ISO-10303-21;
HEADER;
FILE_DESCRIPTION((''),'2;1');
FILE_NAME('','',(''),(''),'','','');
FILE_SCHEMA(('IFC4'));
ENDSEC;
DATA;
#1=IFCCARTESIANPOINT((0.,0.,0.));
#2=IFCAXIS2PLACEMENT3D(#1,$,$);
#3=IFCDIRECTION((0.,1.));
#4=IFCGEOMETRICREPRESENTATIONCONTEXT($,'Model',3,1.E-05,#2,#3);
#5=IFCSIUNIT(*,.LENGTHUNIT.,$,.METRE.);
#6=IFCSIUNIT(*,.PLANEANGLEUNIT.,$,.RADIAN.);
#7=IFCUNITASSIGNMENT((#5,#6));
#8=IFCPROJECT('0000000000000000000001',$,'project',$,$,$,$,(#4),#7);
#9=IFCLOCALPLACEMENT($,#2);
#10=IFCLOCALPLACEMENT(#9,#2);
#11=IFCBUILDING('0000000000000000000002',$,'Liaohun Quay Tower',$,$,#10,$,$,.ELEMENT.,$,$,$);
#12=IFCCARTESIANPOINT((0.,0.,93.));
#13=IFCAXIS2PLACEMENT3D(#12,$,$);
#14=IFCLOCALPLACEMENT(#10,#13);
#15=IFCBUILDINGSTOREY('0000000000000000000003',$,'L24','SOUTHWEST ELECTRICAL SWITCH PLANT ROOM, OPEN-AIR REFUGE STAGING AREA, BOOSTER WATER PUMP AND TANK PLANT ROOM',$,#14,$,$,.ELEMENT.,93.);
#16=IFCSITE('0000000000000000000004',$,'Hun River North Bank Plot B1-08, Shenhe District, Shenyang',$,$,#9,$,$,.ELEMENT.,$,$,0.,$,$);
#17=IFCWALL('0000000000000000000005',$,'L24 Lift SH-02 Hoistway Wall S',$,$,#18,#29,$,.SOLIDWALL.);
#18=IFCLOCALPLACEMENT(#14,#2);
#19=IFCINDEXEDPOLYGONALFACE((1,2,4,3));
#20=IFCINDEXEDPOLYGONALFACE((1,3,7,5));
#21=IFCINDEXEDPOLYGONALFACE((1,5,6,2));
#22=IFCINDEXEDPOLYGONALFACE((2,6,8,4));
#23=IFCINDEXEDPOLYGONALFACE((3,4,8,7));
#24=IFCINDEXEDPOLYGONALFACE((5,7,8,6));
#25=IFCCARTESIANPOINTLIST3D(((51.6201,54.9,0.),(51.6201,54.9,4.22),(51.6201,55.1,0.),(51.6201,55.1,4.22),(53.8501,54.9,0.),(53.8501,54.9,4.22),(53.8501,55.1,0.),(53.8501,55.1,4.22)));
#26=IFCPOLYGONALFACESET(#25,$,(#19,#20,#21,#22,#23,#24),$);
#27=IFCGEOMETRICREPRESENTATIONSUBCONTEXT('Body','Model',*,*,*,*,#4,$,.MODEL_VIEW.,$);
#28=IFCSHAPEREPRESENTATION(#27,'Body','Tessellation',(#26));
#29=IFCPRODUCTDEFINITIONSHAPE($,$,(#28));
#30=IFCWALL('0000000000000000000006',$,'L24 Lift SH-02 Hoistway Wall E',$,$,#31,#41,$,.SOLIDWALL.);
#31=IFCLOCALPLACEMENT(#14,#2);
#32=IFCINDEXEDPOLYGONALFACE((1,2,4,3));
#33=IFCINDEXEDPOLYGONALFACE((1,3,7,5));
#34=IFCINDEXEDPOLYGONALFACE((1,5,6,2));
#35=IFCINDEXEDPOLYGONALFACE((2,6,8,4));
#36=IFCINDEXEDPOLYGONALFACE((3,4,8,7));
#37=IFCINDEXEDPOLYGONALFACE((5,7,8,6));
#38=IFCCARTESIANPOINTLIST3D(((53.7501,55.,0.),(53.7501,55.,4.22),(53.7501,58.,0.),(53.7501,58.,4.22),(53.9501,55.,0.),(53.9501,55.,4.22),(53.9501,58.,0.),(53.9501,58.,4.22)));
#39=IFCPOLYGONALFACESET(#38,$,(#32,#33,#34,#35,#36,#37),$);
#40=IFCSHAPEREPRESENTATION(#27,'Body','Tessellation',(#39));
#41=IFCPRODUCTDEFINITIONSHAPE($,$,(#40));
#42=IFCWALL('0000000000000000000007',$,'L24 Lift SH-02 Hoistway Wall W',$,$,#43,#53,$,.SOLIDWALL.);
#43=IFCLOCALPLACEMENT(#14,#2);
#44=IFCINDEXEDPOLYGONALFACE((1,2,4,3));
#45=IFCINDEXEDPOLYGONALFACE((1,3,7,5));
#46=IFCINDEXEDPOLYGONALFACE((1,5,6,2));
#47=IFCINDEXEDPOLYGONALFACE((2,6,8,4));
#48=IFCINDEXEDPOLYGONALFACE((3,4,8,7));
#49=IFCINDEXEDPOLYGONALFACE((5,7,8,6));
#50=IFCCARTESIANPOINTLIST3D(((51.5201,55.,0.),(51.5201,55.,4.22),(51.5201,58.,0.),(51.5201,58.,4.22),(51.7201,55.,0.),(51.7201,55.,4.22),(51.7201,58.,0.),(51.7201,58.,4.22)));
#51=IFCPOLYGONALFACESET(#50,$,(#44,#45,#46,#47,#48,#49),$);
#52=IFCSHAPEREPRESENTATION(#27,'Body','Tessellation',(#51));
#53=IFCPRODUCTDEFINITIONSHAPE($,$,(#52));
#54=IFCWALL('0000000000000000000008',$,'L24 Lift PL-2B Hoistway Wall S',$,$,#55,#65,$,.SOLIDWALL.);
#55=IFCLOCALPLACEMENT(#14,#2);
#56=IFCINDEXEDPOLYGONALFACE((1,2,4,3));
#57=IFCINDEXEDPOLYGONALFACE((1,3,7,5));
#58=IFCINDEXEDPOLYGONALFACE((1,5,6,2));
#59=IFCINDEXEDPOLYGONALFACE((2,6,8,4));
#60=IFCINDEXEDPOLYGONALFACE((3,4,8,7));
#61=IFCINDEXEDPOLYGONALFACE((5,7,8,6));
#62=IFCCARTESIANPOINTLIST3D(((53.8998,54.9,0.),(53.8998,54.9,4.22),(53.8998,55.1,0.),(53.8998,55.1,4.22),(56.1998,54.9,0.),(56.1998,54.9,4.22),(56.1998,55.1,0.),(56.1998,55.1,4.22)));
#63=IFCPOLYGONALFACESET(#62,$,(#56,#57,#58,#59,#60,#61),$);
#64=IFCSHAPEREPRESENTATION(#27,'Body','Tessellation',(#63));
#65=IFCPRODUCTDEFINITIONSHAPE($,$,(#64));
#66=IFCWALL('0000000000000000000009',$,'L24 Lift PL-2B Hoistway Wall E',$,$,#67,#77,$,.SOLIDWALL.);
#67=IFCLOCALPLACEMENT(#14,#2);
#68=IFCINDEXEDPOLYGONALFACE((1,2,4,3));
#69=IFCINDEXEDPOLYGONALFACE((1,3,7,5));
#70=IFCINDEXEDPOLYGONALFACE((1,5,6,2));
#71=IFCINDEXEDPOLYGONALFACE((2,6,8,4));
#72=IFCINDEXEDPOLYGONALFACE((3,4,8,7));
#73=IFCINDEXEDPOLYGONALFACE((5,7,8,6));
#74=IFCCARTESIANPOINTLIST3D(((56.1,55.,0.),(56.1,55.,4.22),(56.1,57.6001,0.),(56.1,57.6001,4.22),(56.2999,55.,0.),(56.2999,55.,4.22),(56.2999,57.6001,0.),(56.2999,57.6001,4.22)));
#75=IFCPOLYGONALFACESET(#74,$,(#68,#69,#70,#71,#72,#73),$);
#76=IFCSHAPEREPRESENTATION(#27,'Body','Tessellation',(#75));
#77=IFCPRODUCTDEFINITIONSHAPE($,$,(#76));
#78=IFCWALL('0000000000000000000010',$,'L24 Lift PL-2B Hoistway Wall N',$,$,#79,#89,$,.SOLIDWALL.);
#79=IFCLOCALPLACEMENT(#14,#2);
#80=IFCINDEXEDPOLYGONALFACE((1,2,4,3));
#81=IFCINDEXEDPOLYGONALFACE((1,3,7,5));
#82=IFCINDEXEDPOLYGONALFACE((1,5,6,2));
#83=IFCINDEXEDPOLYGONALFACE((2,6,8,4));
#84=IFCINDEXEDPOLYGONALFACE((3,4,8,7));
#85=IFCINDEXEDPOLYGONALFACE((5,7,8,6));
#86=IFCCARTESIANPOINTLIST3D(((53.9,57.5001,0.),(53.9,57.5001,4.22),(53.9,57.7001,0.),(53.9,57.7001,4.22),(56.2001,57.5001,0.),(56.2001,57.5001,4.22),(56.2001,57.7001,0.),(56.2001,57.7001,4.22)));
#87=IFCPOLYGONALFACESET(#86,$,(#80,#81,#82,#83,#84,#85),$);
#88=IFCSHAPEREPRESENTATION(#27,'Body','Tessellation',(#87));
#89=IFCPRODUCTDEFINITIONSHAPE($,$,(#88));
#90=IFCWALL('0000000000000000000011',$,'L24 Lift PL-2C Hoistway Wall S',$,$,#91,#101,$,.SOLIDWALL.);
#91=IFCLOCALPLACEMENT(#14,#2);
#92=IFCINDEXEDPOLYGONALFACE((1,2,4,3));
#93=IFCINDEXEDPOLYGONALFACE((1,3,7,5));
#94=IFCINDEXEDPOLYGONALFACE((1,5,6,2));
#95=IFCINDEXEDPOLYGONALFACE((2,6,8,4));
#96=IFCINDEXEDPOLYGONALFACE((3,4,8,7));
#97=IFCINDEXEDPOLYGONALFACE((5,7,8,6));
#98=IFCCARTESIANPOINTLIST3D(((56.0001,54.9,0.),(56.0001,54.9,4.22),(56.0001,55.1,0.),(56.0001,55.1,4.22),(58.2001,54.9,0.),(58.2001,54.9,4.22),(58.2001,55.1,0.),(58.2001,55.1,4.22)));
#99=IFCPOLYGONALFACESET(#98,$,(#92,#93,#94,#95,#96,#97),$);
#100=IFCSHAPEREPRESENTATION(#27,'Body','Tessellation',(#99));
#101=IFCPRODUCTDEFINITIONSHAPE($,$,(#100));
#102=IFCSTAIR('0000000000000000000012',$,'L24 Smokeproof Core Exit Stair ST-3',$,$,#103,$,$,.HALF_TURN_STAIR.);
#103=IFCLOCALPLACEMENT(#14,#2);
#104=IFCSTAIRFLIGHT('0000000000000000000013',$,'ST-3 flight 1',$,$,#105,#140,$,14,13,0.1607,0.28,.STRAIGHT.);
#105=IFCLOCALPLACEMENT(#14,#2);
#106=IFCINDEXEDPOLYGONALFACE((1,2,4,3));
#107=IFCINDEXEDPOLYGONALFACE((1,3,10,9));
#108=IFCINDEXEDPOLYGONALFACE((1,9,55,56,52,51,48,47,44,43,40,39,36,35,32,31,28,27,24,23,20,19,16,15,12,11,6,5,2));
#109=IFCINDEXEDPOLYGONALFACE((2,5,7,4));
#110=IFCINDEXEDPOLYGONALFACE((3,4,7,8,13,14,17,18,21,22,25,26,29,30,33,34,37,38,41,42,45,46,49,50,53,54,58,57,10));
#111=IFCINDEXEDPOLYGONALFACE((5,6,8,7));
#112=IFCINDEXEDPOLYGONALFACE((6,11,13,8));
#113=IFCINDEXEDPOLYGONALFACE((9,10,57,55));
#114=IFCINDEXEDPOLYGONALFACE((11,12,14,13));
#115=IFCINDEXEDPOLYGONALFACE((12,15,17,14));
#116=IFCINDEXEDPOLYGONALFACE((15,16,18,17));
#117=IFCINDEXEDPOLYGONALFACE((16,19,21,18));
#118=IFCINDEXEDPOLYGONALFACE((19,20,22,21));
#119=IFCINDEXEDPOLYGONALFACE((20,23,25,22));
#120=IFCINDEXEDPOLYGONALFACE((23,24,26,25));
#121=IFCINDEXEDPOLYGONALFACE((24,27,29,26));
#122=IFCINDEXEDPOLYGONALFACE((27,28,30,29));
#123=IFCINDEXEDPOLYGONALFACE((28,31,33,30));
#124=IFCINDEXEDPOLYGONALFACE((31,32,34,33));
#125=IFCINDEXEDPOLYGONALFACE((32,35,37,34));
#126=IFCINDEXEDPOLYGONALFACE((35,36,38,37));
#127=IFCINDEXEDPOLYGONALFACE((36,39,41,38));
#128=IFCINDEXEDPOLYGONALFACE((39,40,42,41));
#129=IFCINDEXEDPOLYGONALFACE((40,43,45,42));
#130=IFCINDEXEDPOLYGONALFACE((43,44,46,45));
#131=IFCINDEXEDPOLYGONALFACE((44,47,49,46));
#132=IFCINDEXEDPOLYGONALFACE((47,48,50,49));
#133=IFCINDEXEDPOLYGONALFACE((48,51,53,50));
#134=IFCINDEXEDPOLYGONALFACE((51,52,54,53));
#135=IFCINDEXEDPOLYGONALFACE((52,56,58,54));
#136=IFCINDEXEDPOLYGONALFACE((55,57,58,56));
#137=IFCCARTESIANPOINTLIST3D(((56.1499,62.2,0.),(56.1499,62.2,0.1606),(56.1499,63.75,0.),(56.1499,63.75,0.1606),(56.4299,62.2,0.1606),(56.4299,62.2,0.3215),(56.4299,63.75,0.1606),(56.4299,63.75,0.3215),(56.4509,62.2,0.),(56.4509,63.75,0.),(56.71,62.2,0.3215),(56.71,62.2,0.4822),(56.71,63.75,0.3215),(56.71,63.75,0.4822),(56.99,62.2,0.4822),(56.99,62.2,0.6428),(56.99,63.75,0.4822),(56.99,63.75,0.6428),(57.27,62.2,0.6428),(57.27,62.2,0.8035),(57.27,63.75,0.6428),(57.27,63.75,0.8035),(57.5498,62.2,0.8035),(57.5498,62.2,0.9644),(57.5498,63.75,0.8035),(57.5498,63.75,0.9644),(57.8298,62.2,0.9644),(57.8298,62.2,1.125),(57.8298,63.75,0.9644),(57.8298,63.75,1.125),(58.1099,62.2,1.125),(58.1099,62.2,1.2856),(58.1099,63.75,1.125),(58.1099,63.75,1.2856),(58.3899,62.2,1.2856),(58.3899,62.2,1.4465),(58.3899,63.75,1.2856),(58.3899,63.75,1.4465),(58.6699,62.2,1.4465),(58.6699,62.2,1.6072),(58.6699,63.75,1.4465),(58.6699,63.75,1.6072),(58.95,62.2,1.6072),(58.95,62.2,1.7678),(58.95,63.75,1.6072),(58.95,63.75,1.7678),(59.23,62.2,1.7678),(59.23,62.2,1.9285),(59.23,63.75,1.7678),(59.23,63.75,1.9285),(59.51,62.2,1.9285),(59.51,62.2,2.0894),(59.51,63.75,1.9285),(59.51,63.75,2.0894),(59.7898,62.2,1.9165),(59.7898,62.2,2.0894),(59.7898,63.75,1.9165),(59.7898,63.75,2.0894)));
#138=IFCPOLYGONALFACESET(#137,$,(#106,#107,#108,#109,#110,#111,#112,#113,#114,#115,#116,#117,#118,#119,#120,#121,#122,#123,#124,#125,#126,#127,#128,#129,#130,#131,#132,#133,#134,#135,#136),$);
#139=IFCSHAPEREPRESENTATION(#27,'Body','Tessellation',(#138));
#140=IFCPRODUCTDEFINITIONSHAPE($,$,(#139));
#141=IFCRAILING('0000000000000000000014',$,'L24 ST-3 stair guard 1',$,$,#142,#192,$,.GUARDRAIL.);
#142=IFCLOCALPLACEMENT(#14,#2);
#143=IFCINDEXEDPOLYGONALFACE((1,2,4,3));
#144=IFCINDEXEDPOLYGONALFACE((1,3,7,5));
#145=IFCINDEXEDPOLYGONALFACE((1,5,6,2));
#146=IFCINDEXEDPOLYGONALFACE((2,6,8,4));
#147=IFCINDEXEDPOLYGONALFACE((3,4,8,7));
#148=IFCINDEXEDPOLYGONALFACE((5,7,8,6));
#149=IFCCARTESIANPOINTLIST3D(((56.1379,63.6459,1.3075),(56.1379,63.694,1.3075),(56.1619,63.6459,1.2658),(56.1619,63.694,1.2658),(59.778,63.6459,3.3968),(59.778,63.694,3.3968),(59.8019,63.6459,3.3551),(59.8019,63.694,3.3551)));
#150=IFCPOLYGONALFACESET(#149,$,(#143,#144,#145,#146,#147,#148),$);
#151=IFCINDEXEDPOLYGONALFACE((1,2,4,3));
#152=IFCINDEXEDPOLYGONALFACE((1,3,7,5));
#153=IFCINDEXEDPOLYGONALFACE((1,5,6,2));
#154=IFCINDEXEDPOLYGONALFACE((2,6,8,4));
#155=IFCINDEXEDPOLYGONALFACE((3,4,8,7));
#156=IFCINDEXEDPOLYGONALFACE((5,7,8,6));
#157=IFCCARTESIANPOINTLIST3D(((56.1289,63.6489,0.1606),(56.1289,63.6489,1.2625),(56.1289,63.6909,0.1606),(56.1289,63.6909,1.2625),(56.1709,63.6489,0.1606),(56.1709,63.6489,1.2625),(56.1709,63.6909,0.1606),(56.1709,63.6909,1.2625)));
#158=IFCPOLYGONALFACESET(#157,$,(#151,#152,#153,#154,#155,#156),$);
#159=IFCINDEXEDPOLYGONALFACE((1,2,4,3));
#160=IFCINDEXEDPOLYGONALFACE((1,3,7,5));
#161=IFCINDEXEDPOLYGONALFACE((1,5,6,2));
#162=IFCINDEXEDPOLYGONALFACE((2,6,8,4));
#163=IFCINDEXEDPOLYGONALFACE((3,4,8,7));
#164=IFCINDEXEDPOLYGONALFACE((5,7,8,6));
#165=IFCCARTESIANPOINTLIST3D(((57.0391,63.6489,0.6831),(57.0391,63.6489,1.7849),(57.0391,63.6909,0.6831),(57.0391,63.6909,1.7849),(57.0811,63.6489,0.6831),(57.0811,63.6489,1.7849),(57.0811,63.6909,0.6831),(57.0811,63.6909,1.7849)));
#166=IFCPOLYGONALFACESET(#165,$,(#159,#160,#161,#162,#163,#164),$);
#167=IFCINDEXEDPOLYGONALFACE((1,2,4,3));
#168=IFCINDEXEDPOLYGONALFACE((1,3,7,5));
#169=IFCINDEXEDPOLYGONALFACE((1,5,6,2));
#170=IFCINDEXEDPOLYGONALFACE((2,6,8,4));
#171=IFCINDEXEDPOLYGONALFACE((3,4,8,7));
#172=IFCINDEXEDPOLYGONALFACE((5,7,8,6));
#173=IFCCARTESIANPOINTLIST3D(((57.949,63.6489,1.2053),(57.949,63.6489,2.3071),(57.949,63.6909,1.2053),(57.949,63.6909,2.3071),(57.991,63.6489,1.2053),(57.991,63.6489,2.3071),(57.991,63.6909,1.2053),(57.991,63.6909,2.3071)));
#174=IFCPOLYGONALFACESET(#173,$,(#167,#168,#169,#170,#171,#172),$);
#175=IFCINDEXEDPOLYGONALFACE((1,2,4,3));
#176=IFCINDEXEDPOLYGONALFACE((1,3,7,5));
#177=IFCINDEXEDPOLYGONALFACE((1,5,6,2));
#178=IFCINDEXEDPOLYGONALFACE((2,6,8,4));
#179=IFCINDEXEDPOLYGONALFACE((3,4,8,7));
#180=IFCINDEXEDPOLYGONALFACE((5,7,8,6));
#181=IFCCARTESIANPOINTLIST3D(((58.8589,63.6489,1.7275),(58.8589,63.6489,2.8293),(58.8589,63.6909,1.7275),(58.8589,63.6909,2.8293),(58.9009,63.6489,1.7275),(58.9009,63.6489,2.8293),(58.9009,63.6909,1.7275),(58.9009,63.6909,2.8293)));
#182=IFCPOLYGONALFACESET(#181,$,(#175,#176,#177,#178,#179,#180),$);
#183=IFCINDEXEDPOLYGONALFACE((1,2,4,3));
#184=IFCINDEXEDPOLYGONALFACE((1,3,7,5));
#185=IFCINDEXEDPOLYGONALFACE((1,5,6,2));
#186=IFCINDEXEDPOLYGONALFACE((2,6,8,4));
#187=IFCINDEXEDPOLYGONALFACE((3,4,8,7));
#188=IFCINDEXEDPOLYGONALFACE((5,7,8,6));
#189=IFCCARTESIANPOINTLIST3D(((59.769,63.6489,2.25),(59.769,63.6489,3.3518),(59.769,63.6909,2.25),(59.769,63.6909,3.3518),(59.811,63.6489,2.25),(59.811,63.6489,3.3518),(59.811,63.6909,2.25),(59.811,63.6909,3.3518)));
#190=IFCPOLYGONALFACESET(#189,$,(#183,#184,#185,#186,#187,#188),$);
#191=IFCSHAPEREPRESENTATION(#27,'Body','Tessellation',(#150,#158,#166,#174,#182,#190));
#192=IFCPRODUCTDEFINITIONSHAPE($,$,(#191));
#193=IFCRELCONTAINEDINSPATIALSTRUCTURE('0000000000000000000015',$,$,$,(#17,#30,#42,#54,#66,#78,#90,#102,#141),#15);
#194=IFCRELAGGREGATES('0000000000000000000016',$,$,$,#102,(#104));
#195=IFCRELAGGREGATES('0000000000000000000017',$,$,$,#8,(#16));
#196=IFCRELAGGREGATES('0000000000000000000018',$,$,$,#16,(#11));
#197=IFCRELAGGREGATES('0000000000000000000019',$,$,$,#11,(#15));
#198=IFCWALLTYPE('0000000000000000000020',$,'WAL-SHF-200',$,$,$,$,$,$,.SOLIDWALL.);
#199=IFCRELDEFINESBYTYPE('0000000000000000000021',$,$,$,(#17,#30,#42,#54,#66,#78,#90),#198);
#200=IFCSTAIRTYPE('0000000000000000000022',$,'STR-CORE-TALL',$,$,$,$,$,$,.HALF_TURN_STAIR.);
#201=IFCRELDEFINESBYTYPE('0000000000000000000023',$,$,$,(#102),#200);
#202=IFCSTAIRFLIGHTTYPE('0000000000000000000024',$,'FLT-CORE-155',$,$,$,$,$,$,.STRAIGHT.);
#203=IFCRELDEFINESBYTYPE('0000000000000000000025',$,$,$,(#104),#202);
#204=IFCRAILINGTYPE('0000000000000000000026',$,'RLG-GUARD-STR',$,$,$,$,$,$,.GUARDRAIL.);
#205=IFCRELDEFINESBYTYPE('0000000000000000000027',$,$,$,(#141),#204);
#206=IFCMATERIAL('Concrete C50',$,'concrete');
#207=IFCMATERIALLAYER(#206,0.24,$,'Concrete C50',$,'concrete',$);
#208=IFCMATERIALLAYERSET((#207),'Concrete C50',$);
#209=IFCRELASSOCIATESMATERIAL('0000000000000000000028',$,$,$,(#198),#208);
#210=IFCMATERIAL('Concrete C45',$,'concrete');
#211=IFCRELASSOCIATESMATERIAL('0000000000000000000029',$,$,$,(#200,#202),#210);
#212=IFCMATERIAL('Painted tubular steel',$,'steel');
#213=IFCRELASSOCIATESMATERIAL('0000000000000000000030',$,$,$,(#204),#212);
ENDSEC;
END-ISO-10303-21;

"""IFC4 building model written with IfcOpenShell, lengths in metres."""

from ifc_helpers import new_model, si_unit, direction, frame, frame_2d, origin, origin_2d, place, context, subcontext, project, spatial, polyline, rectangle, outline, extrude, material, layer, layer_set, type_object, element, aggregate, save


model = new_model("IFC4")

# Units and contexts
model_context = context("Model", 3, precision=1e-05, world=origin(), true_north=direction((0.0, 1.0)))
body_context = subcontext(model_context, "Body", "Model", "MODEL_VIEW")
ifc_project = project(units=[si_unit("LENGTHUNIT", "METRE"), si_unit("PLANEANGLEUNIT", "RADIAN")], contexts=[model_context])

# Site, building, storey
site_placement = place(None, origin())
site = spatial("IfcSite", under=ifc_project, at=site_placement, Name="Hun River North Bank Plot B1-08, Shenhe District, Shenyang", CompositionType="ELEMENT", RefElevation=0.0)
building_placement = place(site_placement, origin())
building = spatial("IfcBuilding", under=site, at=building_placement, Name="Liaohun Quay Tower", CompositionType="ELEMENT")
storey_placement = place(building_placement, frame((0.0, 0.0, 93.0)))
storey = spatial("IfcBuildingStorey", under=building, at=storey_placement, Name="L24", Description="SOUTHWEST ELECTRICAL SWITCH PLANT ROOM, OPEN-AIR REFUGE STAGING AREA, BOOSTER WATER PUMP AND TANK PLANT ROOM", CompositionType="ELEMENT", Elevation=93.0)

# Shared definitions
ifc_material_1 = material(Name="Concrete C50", Category="concrete")
ifc_layer_1 = layer(ifc_material_1, 0.24, Name="Concrete C50", Category="concrete")
ifc_layer_set_1 = layer_set([ifc_layer_1], Name="Concrete C50")
wall_type_1 = type_object("IfcWallType", Name="WAL-SHF-200", PredefinedType="SOLIDWALL", material=ifc_layer_set_1)

# Walls
wall_1_placement = place(storey_placement, frame((51.6201, 55.0, 0.0), z_axis=(0.0, 0.0, 1.0), x_axis=(1.0, 0.0, 0.0)))
element("IfcWall", 1, at=wall_1_placement, inside=storey, type_object=wall_type_1, Name="L24 Lift SH-02 Hoistway Wall S", PredefinedType="SOLIDWALL", context=body_context, shape_type="SweptSolid", body=[
    extrude(rectangle(XDim=2.23, YDim=0.2, at=frame_2d((1.115, 0.0))), origin(), (0.0, 0.0, 1.0), 4.22),
])
for number, where, z_axis, x_axis, name in (
    (2, (53.8501, 55.0, 0.0), (0.0, 0.0, 1.0), (0.0, 1.0, 0.0), "L24 Lift SH-02 Hoistway Wall E"),
    (3, (51.6201, 58.0, 0.0), (0.0, 0.0, 1.0), (0.0, -1.0, 0.0), "L24 Lift SH-02 Hoistway Wall W"),
):
    element("IfcWall", number, at=place(storey_placement, frame(where, z_axis=z_axis, x_axis=x_axis)), inside=storey, type_object=wall_type_1, Name=name, PredefinedType="SOLIDWALL", context=body_context, shape_type="SweptSolid", body=[
        extrude(rectangle(XDim=3.0, YDim=0.2, at=frame_2d((1.5, 0.0))), origin(), (0.0, 0.0, 1.0), 4.22),
    ])
wall_2_placement = place(storey_placement, frame((53.8999, 55.0, 0.0), z_axis=(0.0, 0.0, 1.0), x_axis=(1.0, 0.0, 0.0)))
element("IfcWall", 4, at=wall_2_placement, inside=storey, type_object=wall_type_1, Name="L24 Lift PL-2B Hoistway Wall S", PredefinedType="SOLIDWALL", context=body_context, shape_type="SweptSolid", body=[
    extrude(rectangle(XDim=2.3, YDim=0.2, at=frame_2d((1.1499, 0.0))), origin(), (0.0, 0.0, 1.0), 4.22),
])
wall_3_placement = place(storey_placement, frame((56.2, 55.0, 0.0), z_axis=(0.0, 0.0, 1.0), x_axis=(0.0, 1.0, 0.0)))
element("IfcWall", 5, at=wall_3_placement, inside=storey, type_object=wall_type_1, Name="L24 Lift PL-2B Hoistway Wall E", PredefinedType="SOLIDWALL", context=body_context, shape_type="SweptSolid", body=[
    extrude(rectangle(XDim=2.6001, YDim=0.2, at=frame_2d((1.3, 0.0))), origin(), (0.0, 0.0, 1.0), 4.22),
])
wall_4_placement = place(storey_placement, frame((56.2, 57.6001, 0.0), z_axis=(0.0, 0.0, 1.0), x_axis=(-1.0, 0.0, 0.0)))
element("IfcWall", 6, at=wall_4_placement, inside=storey, type_object=wall_type_1, Name="L24 Lift PL-2B Hoistway Wall N", PredefinedType="SOLIDWALL", context=body_context, shape_type="SweptSolid", body=[
    extrude(rectangle(XDim=2.3, YDim=0.2, at=frame_2d((1.1499, 0.0))), origin(), (0.0, 0.0, 1.0), 4.22),
])
wall_5_placement = place(storey_placement, frame((56.0, 55.0, 0.0), z_axis=(0.0, 0.0, 1.0), x_axis=(1.0, 0.0, 0.0)))
element("IfcWall", 7, at=wall_5_placement, inside=storey, type_object=wall_type_1, Name="L24 Lift PL-2C Hoistway Wall S", PredefinedType="SOLIDWALL", context=body_context, shape_type="SweptSolid", body=[
    extrude(rectangle(XDim=2.2, YDim=0.2, at=frame_2d((1.1001, 0.0))), origin(), (0.0, 0.0, 1.0), 4.22),
])

# Stair, stair flight
ifc_material_2 = material(Name="Concrete C45", Category="concrete")
stair_type = type_object("IfcStairType", Name="STR-CORE-TALL", PredefinedType="HALF_TURN_STAIR", material=ifc_material_2)
stair_placement = place(storey_placement, origin())
stair = element("IfcStair", 8, at=stair_placement, inside=storey, type_object=stair_type, Name="L24 Smokeproof Core Exit Stair ST-3", PredefinedType="HALF_TURN_STAIR")
stair_flight_type = type_object("IfcStairFlightType", Name="FLT-CORE-155", PredefinedType="STRAIGHT", material=ifc_material_2)
stair_flight_placement = place(storey_placement, frame((56.1499, 62.9751, 0.0), z_axis=(0.0, 0.0, 1.0), x_axis=(1.0, 0.0, 0.0)))
stair_flight = element("IfcStairFlight", 9, at=stair_flight_placement, type_object=stair_flight_type, Name="ST-3 flight 1", NumberOfRisers=14, NumberOfTreads=13, PredefinedType="STRAIGHT", RiserHeight=0.1607, TreadLength=0.28, context=body_context, shape_type="SweptSolid", body=[
    extrude(outline(polyline([(0.0, 0.0), (0.0, 0.1606), (0.28, 0.1606), (0.28, 0.3215), (0.5601, 0.3215), (0.5601, 0.4822), (0.8401, 0.4822), (0.8401, 0.6428), (1.1201, 0.6428), (1.1201, 0.8035), (1.3999, 0.8035), (1.3999, 0.9644), (1.6799, 0.9644), (1.6799, 1.125), (1.96, 1.125), (1.96, 1.2856), (2.24, 1.2856), (2.24, 1.4465), (2.52, 1.4465), (2.52, 1.6072), (2.8, 1.6072), (2.8, 1.7678), (3.0801, 1.7678), (3.0801, 1.9285), (3.3601, 1.9285), (3.3601, 2.0894), (3.6399, 2.0894), (3.6399, 2.25), (3.6399, 1.9165), (0.301, 0.0), (0.0, 0.0)])), frame((0.0, 0.7749, 0.0), z_axis=(0.0, -1.0, 0.0), x_axis=(1.0, 0.0, 0.0)), (0.0, 0.0, 1.0), 1.55),
])
aggregate(stair, [stair_flight])

# Railing
ifc_material_3 = material(Name="Painted tubular steel", Category="steel")
railing_type_1 = type_object("IfcRailingType", Name="RLG-GUARD-STR", PredefinedType="GUARDRAIL", material=ifc_material_3)
railing_1_placement = place(storey_placement, frame((56.1499, 63.6699, 0.1606)))
element("IfcRailing", 10, at=railing_1_placement, inside=storey, type_object=railing_type_1, Name="L24 ST-3 stair guard 1", PredefinedType="GUARDRAIL", context=body_context, shape_type="SweptSolid", body=[
    extrude(rectangle(XDim=0.0481, YDim=0.0481, at=origin_2d()), frame((0.0, 0.0, 1.126), z_axis=(0.867289, 0.0, 0.497804), x_axis=(0.0, 1.0, 0.0)), (0.0, 0.0, 1.0), 4.197),
    extrude(rectangle(XDim=0.042, YDim=0.042, at=origin_2d()), origin(), (0.0, 0.0, 1.0), 1.1018),
    extrude(rectangle(XDim=0.042, YDim=0.042, at=origin_2d()), frame((0.9102, 0.0, 0.5225)), (0.0, 0.0, 1.0), 1.1018),
    extrude(rectangle(XDim=0.042, YDim=0.042, at=origin_2d()), frame((1.8201, 0.0, 1.0447)), (0.0, 0.0, 1.0), 1.1018),
    extrude(rectangle(XDim=0.042, YDim=0.042, at=origin_2d()), frame((2.73, 0.0, 1.5669)), (0.0, 0.0, 1.0), 1.1018),
    extrude(rectangle(XDim=0.042, YDim=0.042, at=origin_2d()), frame((3.6401, 0.0, 2.0894)), (0.0, 0.0, 1.0), 1.1018),
])

save(model, "model.ifc")
